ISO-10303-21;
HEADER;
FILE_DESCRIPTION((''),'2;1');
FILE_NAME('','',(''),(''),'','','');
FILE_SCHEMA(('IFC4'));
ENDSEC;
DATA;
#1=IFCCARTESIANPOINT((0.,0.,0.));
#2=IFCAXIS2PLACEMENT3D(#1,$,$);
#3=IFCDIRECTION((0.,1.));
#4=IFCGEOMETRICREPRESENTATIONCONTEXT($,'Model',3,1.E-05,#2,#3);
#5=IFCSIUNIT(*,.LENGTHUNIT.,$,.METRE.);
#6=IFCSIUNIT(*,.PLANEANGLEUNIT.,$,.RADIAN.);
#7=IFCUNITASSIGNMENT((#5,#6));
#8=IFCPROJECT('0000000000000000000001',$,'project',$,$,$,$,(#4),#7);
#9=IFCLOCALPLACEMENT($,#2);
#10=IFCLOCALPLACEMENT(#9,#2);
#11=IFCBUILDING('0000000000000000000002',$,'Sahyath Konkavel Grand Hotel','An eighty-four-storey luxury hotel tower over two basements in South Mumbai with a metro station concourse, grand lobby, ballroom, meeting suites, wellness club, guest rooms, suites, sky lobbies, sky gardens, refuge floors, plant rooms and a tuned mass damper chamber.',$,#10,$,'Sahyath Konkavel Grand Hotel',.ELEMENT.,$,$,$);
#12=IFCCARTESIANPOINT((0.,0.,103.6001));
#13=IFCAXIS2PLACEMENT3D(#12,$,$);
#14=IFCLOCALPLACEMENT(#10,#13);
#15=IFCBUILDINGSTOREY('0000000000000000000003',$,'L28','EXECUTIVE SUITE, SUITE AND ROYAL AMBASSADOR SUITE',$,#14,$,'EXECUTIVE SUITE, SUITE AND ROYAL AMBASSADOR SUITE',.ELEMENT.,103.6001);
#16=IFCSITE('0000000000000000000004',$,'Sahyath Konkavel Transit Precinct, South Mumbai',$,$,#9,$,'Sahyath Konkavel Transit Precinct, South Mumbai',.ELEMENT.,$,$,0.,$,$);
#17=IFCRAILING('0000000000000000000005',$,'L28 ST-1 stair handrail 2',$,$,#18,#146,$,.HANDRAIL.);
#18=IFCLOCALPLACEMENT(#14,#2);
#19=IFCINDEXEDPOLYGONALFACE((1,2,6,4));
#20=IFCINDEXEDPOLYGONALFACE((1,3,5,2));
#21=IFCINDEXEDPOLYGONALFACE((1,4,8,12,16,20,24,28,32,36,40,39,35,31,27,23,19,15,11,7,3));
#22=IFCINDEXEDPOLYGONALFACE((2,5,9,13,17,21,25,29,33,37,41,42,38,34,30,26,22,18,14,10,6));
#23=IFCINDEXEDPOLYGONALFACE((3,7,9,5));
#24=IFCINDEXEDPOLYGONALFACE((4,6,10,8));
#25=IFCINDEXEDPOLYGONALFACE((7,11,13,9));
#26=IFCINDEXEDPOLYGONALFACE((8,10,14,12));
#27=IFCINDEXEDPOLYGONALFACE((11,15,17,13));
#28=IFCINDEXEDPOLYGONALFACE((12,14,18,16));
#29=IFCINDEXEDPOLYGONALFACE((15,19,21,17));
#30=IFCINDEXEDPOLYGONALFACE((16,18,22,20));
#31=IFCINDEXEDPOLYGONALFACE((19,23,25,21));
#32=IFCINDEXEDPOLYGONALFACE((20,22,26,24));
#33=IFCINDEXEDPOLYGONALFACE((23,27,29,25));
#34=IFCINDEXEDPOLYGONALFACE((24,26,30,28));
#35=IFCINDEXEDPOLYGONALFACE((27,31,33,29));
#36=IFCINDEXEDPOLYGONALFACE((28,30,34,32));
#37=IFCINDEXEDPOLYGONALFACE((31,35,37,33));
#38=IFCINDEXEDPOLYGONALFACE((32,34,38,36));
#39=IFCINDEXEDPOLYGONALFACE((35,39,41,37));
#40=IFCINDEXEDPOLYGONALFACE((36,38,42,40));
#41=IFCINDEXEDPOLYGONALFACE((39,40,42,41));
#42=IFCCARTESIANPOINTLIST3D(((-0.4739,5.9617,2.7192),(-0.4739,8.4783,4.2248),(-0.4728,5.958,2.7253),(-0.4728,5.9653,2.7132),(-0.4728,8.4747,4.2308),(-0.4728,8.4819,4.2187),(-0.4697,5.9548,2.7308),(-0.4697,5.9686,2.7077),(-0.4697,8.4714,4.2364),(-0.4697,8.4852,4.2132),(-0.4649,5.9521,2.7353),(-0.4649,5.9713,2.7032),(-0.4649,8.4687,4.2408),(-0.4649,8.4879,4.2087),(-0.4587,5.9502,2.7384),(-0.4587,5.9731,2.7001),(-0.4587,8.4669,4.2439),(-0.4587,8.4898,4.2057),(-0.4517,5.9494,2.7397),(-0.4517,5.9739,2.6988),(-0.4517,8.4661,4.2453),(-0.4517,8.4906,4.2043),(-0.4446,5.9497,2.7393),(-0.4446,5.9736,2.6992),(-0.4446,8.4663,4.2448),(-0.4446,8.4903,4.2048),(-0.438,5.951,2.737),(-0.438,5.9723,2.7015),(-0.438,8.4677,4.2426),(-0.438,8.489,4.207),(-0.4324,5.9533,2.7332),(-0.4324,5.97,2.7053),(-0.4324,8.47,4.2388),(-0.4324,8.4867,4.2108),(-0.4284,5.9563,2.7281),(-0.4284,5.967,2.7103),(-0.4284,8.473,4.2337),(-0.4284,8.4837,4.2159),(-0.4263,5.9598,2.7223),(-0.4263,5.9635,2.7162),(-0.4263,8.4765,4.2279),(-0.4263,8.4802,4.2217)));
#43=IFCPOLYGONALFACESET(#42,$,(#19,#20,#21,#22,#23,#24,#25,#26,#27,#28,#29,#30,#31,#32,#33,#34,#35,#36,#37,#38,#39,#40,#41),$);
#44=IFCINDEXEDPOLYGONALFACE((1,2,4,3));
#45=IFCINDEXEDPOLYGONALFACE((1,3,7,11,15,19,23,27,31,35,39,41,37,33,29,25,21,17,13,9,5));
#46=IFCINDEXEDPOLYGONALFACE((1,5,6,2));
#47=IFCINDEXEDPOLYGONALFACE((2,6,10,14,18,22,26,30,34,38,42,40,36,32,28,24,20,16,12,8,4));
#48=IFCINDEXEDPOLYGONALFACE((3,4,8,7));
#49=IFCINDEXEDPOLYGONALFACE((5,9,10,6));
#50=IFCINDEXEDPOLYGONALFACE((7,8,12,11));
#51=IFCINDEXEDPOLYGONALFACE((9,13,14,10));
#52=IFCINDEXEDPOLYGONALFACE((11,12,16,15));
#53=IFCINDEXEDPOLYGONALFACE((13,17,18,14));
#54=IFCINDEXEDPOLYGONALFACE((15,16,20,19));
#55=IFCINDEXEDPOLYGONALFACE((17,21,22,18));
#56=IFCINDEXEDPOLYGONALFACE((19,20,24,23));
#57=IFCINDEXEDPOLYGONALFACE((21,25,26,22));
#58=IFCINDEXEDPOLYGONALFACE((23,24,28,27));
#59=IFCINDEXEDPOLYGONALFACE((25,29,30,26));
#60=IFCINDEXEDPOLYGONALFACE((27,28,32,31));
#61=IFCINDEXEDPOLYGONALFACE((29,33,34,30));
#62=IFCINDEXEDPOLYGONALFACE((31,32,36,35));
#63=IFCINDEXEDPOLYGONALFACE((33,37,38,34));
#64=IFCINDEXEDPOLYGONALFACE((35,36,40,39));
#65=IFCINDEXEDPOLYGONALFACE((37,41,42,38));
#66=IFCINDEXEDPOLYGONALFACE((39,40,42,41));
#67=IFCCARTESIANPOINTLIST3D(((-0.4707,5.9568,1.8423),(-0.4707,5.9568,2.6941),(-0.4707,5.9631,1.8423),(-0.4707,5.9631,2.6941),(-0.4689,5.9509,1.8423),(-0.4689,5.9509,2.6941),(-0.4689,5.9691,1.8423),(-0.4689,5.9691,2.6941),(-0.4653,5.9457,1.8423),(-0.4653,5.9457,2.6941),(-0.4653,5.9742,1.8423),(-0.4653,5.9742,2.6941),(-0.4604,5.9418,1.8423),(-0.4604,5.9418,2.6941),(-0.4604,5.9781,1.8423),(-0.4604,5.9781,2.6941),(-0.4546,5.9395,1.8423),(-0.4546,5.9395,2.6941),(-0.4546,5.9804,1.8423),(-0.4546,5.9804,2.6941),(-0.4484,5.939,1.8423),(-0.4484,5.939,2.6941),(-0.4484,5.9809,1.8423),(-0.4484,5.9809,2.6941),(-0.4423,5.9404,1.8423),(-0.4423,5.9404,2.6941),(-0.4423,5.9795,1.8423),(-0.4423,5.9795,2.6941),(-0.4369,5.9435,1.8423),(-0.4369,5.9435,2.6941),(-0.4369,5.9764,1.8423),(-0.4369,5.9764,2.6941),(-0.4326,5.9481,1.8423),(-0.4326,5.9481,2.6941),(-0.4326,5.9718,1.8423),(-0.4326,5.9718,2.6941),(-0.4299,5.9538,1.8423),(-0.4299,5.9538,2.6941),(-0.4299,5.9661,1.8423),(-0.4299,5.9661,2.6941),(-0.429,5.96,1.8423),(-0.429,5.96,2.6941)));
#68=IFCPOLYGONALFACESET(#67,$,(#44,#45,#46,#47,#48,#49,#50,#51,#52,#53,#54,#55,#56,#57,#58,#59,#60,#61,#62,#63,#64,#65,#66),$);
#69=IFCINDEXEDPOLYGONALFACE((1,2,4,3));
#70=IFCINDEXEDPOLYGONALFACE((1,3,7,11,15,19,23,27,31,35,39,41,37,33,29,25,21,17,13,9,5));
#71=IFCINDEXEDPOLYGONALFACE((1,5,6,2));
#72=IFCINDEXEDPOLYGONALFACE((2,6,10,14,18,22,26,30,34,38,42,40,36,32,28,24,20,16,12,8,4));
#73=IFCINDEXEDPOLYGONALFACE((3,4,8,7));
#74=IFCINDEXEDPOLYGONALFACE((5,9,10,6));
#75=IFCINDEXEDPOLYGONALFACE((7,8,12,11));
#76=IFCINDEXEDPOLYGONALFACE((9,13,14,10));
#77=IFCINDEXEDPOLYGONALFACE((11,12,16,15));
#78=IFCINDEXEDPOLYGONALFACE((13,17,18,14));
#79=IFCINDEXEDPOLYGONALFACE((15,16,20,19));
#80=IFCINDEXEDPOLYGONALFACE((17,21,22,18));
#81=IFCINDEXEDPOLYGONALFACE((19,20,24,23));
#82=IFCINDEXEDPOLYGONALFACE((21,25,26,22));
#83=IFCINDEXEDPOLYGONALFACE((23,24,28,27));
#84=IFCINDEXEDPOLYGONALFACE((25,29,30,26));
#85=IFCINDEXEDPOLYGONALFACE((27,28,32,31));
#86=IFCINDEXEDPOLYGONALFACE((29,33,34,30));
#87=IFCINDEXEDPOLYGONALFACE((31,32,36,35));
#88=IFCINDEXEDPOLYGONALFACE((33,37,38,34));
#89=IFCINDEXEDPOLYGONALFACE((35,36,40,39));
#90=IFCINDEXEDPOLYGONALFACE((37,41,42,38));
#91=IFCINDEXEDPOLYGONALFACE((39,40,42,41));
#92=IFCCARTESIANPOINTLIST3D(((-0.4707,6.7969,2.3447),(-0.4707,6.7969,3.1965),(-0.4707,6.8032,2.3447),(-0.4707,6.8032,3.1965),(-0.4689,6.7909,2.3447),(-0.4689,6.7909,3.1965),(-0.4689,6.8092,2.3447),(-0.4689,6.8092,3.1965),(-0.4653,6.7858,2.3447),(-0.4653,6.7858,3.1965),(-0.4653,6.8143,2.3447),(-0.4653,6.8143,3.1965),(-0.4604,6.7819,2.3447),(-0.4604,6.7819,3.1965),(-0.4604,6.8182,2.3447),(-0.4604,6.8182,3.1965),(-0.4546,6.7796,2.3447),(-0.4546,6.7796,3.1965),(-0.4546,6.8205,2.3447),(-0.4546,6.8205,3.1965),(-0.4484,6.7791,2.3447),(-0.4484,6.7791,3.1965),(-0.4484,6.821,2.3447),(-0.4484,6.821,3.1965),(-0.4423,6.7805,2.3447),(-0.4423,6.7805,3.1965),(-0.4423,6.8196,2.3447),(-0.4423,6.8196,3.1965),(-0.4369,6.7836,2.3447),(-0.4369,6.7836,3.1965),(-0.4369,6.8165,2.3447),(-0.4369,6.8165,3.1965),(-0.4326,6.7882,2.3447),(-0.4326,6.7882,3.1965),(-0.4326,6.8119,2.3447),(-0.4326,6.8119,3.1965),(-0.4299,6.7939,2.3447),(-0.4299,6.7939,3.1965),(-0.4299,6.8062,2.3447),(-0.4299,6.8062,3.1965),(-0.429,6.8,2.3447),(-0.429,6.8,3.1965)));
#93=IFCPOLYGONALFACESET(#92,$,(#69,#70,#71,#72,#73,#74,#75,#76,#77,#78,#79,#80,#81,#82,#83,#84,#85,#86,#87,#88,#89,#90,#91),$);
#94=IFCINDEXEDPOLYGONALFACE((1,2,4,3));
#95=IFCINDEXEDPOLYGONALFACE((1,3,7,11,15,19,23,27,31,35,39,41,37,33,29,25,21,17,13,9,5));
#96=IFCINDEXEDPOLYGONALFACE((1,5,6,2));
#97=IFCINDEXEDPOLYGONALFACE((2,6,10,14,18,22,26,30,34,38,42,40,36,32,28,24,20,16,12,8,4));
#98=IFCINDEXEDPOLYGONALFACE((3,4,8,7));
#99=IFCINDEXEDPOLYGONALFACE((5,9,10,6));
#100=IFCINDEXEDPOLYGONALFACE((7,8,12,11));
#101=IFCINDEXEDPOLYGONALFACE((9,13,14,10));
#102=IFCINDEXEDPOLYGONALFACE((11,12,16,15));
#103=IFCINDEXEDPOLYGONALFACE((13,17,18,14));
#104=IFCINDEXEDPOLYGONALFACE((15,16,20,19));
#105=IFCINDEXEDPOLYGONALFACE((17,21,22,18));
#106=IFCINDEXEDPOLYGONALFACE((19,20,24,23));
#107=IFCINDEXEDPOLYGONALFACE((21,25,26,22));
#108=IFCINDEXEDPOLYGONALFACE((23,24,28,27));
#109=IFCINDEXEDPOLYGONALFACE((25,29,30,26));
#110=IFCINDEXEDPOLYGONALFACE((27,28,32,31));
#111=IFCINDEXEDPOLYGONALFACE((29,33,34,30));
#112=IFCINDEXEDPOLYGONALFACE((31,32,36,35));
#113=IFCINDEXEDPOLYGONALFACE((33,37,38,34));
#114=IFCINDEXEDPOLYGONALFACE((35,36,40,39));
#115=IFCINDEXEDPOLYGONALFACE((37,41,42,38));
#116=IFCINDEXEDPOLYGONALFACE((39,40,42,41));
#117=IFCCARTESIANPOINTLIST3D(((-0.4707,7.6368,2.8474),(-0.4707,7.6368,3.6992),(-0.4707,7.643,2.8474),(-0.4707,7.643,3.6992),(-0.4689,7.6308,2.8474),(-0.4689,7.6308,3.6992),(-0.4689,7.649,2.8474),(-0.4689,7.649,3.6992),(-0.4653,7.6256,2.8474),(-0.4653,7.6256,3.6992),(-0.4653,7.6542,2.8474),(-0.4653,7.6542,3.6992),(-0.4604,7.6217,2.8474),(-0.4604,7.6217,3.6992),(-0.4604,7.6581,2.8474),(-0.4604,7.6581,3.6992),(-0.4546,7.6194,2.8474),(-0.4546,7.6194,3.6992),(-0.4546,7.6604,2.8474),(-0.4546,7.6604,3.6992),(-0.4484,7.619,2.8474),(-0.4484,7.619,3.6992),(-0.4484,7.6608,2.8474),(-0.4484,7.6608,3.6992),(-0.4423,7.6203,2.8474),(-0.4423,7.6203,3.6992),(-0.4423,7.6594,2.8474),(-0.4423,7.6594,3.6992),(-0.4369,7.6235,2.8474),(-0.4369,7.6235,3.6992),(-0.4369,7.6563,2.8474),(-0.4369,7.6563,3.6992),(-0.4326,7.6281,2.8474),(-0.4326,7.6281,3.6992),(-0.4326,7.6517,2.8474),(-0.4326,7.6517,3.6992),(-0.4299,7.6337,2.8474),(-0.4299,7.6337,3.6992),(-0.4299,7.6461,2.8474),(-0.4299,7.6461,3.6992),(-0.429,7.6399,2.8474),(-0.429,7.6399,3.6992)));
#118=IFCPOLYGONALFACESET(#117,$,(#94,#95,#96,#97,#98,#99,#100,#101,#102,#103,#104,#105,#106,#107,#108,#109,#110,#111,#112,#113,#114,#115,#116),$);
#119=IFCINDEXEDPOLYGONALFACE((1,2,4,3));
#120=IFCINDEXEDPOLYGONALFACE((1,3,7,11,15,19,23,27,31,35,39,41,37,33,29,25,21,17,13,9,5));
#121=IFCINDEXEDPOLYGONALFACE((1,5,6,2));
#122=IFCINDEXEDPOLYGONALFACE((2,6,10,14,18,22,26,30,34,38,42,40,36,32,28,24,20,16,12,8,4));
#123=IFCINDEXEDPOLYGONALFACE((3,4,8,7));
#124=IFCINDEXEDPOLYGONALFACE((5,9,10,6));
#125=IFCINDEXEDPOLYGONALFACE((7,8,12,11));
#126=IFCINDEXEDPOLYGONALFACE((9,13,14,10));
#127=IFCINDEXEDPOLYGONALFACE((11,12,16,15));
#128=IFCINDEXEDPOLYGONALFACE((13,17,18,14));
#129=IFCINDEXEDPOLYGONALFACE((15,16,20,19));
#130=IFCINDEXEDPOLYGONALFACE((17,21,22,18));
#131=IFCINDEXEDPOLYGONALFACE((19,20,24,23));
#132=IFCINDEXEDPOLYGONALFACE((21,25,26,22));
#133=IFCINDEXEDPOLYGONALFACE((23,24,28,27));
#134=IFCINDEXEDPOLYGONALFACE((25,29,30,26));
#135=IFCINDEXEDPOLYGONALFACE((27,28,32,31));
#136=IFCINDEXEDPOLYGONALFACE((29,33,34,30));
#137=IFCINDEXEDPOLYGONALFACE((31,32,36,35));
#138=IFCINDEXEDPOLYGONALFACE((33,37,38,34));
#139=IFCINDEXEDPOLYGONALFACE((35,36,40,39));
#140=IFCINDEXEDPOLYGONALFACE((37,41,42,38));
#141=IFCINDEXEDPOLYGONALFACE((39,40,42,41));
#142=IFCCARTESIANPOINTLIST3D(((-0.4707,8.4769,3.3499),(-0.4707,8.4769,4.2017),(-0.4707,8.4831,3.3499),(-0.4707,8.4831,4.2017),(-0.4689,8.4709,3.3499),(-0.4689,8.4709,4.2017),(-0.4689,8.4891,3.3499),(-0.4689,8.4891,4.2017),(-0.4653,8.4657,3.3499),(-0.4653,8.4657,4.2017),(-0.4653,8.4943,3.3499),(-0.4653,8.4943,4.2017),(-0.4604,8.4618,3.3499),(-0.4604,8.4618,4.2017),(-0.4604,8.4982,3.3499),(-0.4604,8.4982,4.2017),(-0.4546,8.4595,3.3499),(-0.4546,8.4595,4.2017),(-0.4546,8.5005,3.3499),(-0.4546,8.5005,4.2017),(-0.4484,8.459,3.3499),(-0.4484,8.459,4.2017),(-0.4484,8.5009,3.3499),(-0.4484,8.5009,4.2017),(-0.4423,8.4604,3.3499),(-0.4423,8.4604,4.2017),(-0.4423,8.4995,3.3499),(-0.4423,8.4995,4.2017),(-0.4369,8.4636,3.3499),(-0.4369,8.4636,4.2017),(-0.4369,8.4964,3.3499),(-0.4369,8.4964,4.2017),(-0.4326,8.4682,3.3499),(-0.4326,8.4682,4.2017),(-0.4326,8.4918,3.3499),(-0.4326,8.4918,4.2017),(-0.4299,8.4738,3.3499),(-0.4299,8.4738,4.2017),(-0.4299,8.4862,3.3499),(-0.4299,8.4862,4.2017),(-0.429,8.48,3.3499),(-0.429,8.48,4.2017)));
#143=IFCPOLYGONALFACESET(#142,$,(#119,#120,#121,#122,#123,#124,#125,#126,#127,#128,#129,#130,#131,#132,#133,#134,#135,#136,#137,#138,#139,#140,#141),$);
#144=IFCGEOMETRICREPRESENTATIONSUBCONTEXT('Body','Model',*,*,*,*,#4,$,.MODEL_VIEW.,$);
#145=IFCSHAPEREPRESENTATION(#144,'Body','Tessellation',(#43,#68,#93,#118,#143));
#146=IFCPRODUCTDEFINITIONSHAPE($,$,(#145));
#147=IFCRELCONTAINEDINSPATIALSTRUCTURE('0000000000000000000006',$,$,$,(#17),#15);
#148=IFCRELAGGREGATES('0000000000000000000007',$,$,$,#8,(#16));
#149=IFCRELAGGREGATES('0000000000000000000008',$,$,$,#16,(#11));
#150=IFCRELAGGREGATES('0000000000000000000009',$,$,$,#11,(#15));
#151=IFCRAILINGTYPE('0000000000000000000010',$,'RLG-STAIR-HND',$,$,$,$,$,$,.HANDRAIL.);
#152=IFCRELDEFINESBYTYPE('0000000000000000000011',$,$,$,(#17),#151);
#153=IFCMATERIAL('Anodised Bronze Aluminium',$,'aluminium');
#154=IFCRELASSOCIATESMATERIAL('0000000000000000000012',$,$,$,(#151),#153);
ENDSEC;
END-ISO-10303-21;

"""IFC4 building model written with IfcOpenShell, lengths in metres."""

from ifc_helpers import new_model, si_unit, direction, frame, origin, origin_2d, place, context, subcontext, project, spatial, circle, extrude, material, type_object, element, save


model = new_model("IFC4")

# Units and contexts
model_context = context("Model", 3, precision=1e-05, world=origin(), true_north=direction((0.0, 1.0)))
body_context = subcontext(model_context, "Body", "Model", "MODEL_VIEW")
ifc_project = project(units=[si_unit("LENGTHUNIT", "METRE"), si_unit("PLANEANGLEUNIT", "RADIAN")], contexts=[model_context])

# Site, building, storey
site_placement = place(None, origin())
site = spatial("IfcSite", under=ifc_project, at=site_placement, Name="Sahyath Konkavel Transit Precinct, South Mumbai", LongName="Sahyath Konkavel Transit Precinct, South Mumbai", CompositionType="ELEMENT", RefElevation=0.0)
building_placement = place(site_placement, origin())
building = spatial("IfcBuilding", under=site, at=building_placement, Name="Sahyath Konkavel Grand Hotel", Description="An eighty-four-storey luxury hotel tower over two basements in South Mumbai with a metro station concourse, grand lobby, ballroom, meeting suites, wellness club, guest rooms, suites, sky lobbies, sky gardens, refuge floors, plant rooms and a tuned mass damper chamber.", LongName="Sahyath Konkavel Grand Hotel", CompositionType="ELEMENT")
storey_placement = place(building_placement, frame((0.0, 0.0, 103.6001)))
storey = spatial("IfcBuildingStorey", under=building, at=storey_placement, Name="L28", Description="EXECUTIVE SUITE, SUITE AND ROYAL AMBASSADOR SUITE", LongName="EXECUTIVE SUITE, SUITE AND ROYAL AMBASSADOR SUITE", CompositionType="ELEMENT", Elevation=103.6001)

# Shared definitions
ifc_material_1 = material(Name="Anodised Bronze Aluminium", Category="aluminium")

# Railing
railing_type_1 = type_object("IfcRailingType", Name="RLG-STAIR-HND", PredefinedType="HANDRAIL", material=ifc_material_1)
railing_1_placement = place(storey_placement, frame((-0.45, 5.96, 1.8423)))
element("IfcRailing", 1, at=railing_1_placement, inside=storey, type_object=railing_type_1, Name="L28 ST-1 stair handrail 2", PredefinedType="HANDRAIL", context=body_context, shape_type="SweptSolid", body=[
    extrude(circle(Radius=0.0239, at=origin_2d()), frame((0.0, 0.0017, 0.877), z_axis=(0.0, 0.85816, 0.513383), x_axis=(-1.0, 0.0, 0.0)), (0.0, 0.0, 1.0), 2.9326),
    extrude(circle(Radius=0.021, at=origin_2d()), origin(), (0.0, 0.0, 1.0), 0.8518),
    extrude(circle(Radius=0.021, at=origin_2d()), frame((0.0, 0.8401, 0.5024)), (0.0, 0.0, 1.0), 0.8518),
    extrude(circle(Radius=0.021, at=origin_2d()), frame((0.0, 1.6799, 1.0051)), (0.0, 0.0, 1.0), 0.8518),
    extrude(circle(Radius=0.021, at=origin_2d()), frame((0.0, 2.52, 1.5076)), (0.0, 0.0, 1.0), 0.8518),
])

save(model, "model.ifc")
